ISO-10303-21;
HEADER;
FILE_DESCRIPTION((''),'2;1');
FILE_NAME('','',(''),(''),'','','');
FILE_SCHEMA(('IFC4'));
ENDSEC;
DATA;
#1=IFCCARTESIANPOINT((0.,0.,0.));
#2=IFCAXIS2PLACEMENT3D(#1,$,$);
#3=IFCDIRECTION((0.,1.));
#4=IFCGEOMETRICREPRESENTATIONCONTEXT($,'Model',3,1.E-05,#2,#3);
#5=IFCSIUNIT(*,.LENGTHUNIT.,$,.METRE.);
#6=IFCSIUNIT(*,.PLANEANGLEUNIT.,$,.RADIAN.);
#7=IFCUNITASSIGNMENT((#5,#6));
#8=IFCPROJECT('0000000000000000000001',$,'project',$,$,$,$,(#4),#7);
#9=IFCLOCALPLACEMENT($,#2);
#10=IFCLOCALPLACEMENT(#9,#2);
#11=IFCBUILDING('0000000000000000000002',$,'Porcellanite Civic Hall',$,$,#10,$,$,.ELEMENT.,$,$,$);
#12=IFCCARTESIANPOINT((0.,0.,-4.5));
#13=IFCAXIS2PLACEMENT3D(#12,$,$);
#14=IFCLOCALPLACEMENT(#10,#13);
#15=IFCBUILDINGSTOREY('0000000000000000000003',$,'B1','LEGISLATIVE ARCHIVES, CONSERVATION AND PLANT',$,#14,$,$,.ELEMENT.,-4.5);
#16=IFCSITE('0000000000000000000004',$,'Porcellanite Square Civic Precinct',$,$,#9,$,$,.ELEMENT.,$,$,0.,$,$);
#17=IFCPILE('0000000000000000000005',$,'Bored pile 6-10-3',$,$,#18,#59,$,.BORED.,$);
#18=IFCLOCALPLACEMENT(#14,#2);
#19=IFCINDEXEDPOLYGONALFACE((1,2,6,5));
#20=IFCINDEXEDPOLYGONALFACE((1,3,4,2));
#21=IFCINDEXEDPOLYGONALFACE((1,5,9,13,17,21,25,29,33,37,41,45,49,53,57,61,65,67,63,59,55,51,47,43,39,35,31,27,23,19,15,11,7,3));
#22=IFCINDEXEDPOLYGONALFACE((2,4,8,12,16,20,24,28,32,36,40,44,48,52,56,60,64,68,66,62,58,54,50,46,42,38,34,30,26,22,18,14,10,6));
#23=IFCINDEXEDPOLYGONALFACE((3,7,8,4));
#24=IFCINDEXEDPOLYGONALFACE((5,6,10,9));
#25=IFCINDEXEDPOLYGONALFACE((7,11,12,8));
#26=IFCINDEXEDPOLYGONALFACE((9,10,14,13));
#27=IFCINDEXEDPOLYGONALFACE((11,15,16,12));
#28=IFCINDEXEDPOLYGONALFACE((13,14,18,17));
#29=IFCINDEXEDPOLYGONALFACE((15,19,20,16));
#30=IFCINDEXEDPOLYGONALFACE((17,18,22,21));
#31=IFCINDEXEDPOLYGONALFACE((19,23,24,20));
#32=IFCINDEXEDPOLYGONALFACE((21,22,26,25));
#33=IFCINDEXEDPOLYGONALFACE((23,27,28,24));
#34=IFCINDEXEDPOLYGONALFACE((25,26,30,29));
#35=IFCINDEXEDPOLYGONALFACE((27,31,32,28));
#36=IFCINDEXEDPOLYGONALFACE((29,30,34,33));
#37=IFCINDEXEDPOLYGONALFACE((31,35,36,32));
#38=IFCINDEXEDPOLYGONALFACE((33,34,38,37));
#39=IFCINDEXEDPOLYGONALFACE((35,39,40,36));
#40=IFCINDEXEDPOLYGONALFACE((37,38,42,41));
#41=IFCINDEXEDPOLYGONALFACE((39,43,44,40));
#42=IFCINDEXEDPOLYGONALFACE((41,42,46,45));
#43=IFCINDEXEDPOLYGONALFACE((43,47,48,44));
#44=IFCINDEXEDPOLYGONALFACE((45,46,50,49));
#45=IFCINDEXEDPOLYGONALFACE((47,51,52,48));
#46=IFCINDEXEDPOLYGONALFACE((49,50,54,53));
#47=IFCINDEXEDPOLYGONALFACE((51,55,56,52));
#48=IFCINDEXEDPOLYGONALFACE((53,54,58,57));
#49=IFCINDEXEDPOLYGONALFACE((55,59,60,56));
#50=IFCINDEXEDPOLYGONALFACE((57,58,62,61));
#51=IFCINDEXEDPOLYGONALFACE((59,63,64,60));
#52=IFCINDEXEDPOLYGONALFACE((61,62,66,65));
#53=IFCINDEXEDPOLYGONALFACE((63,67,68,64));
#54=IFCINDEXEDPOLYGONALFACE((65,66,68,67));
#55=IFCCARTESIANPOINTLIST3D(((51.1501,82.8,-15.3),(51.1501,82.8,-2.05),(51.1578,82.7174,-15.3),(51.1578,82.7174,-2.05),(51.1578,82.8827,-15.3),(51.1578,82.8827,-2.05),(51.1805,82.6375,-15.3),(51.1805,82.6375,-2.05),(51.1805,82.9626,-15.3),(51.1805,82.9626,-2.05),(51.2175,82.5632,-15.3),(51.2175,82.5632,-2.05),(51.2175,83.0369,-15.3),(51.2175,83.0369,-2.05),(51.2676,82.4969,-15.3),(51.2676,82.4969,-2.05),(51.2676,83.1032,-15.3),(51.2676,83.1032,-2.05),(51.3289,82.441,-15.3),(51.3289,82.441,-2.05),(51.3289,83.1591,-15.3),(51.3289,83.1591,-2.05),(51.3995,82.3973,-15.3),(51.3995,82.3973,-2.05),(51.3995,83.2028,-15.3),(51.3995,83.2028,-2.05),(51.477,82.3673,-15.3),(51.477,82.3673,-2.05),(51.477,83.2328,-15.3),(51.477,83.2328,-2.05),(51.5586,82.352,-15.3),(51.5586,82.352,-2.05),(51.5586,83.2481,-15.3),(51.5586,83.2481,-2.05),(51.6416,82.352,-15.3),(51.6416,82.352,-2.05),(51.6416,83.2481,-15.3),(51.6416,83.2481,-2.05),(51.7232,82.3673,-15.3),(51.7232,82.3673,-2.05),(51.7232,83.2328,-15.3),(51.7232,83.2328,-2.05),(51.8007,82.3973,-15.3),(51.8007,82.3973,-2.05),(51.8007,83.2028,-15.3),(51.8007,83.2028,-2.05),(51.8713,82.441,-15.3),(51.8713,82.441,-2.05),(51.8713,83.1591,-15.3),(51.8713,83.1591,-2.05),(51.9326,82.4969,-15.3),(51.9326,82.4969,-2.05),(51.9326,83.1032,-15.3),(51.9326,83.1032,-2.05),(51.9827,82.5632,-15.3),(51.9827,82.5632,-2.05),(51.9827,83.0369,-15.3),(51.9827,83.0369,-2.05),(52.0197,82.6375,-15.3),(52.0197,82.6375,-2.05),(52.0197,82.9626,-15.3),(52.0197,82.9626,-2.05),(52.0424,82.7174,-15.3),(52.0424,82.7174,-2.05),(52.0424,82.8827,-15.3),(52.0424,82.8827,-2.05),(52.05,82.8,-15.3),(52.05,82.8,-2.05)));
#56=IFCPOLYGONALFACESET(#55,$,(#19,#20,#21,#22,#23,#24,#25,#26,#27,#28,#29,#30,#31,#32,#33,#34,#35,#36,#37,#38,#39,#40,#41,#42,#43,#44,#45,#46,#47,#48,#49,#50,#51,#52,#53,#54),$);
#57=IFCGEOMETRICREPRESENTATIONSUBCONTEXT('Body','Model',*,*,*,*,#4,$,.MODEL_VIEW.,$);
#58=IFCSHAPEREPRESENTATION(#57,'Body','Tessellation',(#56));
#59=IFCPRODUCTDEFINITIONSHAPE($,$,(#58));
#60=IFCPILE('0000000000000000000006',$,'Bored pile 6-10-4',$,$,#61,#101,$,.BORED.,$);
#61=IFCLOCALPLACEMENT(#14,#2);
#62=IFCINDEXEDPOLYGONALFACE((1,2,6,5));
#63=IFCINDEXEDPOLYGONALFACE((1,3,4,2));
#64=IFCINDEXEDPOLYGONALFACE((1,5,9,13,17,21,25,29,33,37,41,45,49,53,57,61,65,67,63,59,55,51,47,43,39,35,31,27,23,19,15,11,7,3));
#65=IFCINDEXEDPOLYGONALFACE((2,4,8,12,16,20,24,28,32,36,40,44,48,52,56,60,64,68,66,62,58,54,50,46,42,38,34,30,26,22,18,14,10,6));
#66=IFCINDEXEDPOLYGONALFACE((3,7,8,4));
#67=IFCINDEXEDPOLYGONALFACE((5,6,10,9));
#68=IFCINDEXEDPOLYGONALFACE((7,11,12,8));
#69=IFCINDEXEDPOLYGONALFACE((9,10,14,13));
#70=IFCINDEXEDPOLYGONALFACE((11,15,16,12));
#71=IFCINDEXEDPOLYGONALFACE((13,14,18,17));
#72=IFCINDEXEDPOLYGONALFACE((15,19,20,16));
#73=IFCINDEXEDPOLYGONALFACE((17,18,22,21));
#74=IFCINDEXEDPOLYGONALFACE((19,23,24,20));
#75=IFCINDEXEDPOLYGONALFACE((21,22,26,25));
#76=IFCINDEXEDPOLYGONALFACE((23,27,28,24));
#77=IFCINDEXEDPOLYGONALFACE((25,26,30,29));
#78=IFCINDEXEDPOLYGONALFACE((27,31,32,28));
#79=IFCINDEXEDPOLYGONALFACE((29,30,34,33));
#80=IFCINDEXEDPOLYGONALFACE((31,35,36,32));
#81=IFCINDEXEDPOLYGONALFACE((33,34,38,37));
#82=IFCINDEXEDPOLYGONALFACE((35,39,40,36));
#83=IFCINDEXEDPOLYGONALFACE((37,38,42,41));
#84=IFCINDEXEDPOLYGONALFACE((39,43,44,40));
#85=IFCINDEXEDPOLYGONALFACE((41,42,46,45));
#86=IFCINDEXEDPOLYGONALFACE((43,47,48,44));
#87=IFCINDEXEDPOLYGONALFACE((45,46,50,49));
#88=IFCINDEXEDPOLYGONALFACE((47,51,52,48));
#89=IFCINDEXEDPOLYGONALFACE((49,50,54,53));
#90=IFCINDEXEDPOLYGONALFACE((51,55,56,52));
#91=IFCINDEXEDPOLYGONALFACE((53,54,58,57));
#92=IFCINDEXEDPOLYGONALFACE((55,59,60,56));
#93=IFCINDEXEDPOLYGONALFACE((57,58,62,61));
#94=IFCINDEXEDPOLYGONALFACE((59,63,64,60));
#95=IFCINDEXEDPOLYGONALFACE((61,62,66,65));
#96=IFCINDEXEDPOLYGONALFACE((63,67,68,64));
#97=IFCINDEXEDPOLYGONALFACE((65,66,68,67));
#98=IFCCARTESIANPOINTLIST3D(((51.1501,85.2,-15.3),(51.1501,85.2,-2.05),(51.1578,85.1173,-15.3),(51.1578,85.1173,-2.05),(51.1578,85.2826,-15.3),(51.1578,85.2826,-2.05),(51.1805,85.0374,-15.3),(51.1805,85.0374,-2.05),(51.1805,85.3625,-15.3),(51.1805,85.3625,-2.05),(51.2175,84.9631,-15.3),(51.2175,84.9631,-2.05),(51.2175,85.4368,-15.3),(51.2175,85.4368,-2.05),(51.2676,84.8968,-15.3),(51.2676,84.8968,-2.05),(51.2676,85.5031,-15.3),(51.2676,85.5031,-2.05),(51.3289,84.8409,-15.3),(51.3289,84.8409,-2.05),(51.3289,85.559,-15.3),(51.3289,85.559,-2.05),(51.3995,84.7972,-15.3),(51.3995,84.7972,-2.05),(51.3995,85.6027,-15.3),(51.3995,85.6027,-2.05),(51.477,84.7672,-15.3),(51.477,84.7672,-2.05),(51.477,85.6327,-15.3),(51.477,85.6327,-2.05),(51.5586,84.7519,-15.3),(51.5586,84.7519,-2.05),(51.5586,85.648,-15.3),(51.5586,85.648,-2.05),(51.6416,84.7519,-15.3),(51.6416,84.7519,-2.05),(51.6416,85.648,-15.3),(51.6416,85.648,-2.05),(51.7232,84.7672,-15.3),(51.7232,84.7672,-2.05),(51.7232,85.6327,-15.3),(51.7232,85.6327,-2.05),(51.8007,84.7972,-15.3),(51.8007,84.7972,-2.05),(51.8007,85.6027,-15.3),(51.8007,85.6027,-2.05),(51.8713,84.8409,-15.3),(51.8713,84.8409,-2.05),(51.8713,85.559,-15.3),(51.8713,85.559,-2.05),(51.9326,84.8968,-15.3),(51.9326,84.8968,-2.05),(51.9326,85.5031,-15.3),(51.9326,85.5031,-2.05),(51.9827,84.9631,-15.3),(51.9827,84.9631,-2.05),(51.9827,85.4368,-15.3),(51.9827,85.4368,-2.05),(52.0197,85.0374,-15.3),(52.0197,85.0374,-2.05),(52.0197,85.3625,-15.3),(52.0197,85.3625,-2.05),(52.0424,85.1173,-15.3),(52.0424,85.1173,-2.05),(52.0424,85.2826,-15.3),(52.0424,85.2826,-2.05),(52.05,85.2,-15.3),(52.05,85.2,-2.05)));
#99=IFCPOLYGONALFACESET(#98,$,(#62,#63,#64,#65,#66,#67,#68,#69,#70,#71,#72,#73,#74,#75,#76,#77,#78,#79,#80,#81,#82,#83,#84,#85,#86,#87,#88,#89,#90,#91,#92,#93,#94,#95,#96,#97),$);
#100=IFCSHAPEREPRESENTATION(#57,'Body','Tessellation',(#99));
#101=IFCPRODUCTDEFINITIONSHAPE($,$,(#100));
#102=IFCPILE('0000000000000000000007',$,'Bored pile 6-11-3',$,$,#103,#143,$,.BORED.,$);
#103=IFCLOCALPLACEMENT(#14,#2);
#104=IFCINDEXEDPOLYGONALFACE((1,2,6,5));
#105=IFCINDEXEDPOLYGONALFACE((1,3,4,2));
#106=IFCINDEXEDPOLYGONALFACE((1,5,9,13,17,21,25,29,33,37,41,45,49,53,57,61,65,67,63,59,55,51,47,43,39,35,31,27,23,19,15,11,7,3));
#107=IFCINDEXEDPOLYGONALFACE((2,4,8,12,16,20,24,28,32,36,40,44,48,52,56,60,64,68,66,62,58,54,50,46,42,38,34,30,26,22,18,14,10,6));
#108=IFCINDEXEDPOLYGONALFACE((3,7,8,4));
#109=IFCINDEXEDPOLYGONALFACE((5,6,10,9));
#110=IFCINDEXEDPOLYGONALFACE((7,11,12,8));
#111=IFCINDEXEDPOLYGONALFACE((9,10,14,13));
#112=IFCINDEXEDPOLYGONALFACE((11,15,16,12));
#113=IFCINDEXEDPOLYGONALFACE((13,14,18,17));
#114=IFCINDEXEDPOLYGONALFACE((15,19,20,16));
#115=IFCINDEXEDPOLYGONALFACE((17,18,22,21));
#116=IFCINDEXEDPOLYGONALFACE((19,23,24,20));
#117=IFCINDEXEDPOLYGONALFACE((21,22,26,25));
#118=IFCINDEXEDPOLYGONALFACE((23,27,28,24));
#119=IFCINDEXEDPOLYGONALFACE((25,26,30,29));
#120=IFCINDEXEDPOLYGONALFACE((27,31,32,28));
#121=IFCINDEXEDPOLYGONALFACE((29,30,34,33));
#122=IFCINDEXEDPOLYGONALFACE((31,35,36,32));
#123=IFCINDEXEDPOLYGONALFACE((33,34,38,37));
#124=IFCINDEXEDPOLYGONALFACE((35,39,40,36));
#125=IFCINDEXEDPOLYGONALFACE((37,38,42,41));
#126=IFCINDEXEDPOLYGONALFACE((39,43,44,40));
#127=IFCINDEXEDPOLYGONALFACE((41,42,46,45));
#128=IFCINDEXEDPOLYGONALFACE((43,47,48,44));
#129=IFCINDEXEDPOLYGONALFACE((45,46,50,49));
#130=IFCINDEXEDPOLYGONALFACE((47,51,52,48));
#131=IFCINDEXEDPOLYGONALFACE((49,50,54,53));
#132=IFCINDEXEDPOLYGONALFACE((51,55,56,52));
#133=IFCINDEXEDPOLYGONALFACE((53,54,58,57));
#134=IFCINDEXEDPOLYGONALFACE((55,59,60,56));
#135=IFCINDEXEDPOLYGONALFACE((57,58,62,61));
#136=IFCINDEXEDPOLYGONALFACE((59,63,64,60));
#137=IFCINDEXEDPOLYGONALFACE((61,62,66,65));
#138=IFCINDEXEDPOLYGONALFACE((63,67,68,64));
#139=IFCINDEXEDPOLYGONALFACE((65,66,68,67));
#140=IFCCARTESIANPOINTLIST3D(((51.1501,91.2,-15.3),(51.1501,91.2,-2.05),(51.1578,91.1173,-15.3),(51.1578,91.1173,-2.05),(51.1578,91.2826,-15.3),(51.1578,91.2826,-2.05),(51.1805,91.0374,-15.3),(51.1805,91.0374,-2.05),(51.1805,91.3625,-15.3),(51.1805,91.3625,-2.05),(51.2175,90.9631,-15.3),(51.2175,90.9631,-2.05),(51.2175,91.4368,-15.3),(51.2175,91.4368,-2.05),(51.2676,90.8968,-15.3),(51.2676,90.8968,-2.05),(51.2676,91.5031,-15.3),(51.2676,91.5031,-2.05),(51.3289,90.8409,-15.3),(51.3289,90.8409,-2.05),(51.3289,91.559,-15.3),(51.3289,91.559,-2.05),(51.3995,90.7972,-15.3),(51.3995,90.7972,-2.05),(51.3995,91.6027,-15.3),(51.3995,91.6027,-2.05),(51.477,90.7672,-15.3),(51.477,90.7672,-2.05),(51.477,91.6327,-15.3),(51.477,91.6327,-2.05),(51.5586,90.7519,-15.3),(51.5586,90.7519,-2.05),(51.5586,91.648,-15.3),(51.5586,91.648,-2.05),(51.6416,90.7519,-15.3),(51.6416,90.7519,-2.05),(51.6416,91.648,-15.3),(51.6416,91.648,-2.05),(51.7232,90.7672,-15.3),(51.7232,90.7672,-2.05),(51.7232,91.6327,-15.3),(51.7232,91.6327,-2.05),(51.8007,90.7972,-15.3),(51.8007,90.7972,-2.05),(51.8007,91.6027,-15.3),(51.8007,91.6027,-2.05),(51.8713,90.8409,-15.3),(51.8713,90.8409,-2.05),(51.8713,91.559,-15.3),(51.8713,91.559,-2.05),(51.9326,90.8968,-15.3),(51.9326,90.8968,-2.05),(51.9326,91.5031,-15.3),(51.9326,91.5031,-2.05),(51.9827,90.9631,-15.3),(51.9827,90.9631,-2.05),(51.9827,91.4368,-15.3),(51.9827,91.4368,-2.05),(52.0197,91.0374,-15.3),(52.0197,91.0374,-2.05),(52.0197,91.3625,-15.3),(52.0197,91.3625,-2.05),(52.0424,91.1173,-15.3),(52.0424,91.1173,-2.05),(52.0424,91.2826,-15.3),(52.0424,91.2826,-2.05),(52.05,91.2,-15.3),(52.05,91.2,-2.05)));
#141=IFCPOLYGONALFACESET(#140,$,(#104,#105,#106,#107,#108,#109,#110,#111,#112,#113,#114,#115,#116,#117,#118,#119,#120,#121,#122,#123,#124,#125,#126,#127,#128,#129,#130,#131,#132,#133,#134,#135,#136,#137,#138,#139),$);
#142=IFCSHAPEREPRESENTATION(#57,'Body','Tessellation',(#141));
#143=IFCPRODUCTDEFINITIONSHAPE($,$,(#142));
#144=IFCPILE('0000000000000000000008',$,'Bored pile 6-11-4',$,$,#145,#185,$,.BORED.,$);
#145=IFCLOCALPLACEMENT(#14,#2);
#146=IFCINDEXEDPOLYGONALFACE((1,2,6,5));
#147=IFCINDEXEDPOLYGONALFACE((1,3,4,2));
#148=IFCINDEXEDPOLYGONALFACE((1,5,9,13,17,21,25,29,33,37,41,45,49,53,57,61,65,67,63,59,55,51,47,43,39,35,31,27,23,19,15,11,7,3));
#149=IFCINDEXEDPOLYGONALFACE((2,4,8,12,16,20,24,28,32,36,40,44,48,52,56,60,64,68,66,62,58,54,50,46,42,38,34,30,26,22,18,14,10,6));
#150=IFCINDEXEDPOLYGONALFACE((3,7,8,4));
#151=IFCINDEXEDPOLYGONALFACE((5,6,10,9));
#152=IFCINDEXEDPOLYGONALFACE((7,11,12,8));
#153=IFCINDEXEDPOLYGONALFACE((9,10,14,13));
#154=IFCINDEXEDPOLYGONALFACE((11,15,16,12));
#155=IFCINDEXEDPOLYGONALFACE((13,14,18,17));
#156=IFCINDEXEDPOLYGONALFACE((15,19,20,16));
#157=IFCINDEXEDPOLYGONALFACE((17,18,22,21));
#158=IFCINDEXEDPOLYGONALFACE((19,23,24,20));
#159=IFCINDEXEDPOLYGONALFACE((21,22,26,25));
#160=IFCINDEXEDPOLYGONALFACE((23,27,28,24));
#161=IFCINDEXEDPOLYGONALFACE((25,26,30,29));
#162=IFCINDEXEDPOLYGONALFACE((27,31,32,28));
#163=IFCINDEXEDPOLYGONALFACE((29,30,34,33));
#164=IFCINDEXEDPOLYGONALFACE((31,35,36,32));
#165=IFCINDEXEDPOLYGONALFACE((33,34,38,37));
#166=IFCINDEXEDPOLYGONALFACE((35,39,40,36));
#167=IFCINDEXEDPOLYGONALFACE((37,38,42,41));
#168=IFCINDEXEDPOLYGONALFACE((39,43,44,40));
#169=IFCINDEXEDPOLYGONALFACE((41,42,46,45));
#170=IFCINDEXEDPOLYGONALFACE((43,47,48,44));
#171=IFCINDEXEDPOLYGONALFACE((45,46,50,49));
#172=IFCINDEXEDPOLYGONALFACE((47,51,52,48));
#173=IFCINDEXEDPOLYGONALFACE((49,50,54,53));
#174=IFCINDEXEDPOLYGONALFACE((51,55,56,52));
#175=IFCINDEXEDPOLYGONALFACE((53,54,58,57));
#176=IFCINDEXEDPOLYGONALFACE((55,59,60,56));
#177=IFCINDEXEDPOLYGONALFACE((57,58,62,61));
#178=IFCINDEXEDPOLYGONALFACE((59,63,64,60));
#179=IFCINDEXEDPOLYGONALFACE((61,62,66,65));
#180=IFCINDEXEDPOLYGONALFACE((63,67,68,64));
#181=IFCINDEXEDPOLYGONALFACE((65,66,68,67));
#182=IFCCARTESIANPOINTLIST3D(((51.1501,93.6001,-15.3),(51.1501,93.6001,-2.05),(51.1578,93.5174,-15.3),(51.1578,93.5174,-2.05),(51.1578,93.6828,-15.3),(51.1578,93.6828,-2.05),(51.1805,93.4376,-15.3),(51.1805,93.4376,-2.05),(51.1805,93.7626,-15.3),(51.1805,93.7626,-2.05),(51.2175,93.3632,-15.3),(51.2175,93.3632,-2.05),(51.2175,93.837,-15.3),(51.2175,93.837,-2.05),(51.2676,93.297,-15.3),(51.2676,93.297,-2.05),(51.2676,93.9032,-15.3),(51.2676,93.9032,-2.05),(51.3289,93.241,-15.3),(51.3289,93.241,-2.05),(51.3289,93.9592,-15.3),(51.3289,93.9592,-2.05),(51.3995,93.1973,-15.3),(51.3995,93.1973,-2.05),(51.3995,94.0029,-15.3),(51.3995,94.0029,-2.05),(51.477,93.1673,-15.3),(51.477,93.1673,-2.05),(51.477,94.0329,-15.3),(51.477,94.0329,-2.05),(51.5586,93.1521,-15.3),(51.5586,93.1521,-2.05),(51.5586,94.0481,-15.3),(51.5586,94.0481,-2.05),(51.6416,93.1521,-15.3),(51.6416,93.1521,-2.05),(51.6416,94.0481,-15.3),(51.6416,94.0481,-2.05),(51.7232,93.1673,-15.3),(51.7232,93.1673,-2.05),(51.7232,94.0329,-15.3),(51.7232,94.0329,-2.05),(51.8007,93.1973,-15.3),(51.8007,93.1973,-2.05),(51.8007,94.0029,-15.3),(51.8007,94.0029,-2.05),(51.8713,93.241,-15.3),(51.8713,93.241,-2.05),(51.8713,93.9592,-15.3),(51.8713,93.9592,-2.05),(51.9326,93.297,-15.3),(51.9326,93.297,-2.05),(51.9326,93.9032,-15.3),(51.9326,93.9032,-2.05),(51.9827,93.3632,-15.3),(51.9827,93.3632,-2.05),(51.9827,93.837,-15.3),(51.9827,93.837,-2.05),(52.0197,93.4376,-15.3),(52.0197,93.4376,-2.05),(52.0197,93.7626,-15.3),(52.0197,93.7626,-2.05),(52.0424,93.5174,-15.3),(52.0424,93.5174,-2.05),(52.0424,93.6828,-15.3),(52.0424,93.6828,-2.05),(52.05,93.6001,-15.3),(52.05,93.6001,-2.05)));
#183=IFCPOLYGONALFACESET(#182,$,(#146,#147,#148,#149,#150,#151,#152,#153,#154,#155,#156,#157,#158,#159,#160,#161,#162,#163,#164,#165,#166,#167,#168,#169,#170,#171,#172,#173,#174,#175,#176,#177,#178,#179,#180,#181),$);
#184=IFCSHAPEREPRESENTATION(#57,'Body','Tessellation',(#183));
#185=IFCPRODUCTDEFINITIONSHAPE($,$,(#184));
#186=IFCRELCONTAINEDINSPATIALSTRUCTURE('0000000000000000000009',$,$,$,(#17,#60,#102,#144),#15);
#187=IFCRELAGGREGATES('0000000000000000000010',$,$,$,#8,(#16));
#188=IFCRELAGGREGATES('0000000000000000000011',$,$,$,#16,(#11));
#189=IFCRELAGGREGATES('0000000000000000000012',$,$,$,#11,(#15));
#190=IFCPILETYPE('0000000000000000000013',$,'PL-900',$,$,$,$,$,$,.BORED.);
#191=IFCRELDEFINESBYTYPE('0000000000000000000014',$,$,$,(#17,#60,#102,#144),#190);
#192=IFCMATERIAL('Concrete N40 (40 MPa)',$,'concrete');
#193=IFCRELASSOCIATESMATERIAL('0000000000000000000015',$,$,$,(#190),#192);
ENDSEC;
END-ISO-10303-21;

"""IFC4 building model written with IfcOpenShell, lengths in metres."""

from ifc_helpers import new_model, si_unit, direction, frame, origin, origin_2d, place, context, subcontext, project, spatial, circle, extrude, material, material_profile, profile_set, type_object, element, save


model = new_model("IFC4")

# Units and contexts
model_context = context("Model", 3, precision=1e-05, world=origin(), true_north=direction((0.0, 1.0)))
body_context = subcontext(model_context, "Body", "Model", "MODEL_VIEW")
ifc_project = project(units=[si_unit("LENGTHUNIT", "METRE"), si_unit("PLANEANGLEUNIT", "RADIAN")], contexts=[model_context])

# Site, building, storey
site_placement = place(None, origin())
site = spatial("IfcSite", under=ifc_project, at=site_placement, Name="Porcellanite Square Civic Precinct", CompositionType="ELEMENT", RefElevation=0.0)
building_placement = place(site_placement, origin())
building = spatial("IfcBuilding", under=site, at=building_placement, Name="Porcellanite Civic Hall", CompositionType="ELEMENT")
storey_placement = place(building_placement, frame((0.0, 0.0, -4.5)))
storey = spatial("IfcBuildingStorey", under=building, at=storey_placement, Name="B1", Description="LEGISLATIVE ARCHIVES, CONSERVATION AND PLANT", CompositionType="ELEMENT", Elevation=-4.5)

# Piles
ifc_material_1 = material(Name="Concrete N40 (40 MPa)", Category="concrete")
ifc_material_profile_1 = material_profile(ifc_material_1, circle(Radius=0.45, at=origin_2d()), Name="PILE-D900")
ifc_profile_set_1 = profile_set([ifc_material_profile_1], Name="Concrete N40 (40 MPa)")
pile_type = type_object("IfcPileType", Name="PL-900", PredefinedType="BORED", material=ifc_profile_set_1)
for number, where, z_axis, x_axis, name in (
    (1, (51.6001, 82.8, -2.05), (0.0, 0.0, -1.0), (1.0, 0.0, 0.0), "Bored pile 6-10-3"),
    (2, (51.6001, 85.2, -2.05), (0.0, 0.0, -1.0), (1.0, 0.0, 0.0), "Bored pile 6-10-4"),
    (3, (51.6001, 91.2, -2.05), (0.0, 0.0, -1.0), (1.0, 0.0, 0.0), "Bored pile 6-11-3"),
    (4, (51.6001, 93.6001, -2.05), (0.0, 0.0, -1.0), (1.0, 0.0, 0.0), "Bored pile 6-11-4"),
):
    element("IfcPile", number, at=place(storey_placement, frame(where, z_axis=z_axis, x_axis=x_axis)), inside=storey, type_object=pile_type, Name=name, PredefinedType="BORED", context=body_context, shape_type="SweptSolid", body=[
        extrude(circle(Radius=0.45, at=origin_2d()), origin(), (0.0, 0.0, 1.0), 13.25),
    ])

save(model, "model.ifc")
